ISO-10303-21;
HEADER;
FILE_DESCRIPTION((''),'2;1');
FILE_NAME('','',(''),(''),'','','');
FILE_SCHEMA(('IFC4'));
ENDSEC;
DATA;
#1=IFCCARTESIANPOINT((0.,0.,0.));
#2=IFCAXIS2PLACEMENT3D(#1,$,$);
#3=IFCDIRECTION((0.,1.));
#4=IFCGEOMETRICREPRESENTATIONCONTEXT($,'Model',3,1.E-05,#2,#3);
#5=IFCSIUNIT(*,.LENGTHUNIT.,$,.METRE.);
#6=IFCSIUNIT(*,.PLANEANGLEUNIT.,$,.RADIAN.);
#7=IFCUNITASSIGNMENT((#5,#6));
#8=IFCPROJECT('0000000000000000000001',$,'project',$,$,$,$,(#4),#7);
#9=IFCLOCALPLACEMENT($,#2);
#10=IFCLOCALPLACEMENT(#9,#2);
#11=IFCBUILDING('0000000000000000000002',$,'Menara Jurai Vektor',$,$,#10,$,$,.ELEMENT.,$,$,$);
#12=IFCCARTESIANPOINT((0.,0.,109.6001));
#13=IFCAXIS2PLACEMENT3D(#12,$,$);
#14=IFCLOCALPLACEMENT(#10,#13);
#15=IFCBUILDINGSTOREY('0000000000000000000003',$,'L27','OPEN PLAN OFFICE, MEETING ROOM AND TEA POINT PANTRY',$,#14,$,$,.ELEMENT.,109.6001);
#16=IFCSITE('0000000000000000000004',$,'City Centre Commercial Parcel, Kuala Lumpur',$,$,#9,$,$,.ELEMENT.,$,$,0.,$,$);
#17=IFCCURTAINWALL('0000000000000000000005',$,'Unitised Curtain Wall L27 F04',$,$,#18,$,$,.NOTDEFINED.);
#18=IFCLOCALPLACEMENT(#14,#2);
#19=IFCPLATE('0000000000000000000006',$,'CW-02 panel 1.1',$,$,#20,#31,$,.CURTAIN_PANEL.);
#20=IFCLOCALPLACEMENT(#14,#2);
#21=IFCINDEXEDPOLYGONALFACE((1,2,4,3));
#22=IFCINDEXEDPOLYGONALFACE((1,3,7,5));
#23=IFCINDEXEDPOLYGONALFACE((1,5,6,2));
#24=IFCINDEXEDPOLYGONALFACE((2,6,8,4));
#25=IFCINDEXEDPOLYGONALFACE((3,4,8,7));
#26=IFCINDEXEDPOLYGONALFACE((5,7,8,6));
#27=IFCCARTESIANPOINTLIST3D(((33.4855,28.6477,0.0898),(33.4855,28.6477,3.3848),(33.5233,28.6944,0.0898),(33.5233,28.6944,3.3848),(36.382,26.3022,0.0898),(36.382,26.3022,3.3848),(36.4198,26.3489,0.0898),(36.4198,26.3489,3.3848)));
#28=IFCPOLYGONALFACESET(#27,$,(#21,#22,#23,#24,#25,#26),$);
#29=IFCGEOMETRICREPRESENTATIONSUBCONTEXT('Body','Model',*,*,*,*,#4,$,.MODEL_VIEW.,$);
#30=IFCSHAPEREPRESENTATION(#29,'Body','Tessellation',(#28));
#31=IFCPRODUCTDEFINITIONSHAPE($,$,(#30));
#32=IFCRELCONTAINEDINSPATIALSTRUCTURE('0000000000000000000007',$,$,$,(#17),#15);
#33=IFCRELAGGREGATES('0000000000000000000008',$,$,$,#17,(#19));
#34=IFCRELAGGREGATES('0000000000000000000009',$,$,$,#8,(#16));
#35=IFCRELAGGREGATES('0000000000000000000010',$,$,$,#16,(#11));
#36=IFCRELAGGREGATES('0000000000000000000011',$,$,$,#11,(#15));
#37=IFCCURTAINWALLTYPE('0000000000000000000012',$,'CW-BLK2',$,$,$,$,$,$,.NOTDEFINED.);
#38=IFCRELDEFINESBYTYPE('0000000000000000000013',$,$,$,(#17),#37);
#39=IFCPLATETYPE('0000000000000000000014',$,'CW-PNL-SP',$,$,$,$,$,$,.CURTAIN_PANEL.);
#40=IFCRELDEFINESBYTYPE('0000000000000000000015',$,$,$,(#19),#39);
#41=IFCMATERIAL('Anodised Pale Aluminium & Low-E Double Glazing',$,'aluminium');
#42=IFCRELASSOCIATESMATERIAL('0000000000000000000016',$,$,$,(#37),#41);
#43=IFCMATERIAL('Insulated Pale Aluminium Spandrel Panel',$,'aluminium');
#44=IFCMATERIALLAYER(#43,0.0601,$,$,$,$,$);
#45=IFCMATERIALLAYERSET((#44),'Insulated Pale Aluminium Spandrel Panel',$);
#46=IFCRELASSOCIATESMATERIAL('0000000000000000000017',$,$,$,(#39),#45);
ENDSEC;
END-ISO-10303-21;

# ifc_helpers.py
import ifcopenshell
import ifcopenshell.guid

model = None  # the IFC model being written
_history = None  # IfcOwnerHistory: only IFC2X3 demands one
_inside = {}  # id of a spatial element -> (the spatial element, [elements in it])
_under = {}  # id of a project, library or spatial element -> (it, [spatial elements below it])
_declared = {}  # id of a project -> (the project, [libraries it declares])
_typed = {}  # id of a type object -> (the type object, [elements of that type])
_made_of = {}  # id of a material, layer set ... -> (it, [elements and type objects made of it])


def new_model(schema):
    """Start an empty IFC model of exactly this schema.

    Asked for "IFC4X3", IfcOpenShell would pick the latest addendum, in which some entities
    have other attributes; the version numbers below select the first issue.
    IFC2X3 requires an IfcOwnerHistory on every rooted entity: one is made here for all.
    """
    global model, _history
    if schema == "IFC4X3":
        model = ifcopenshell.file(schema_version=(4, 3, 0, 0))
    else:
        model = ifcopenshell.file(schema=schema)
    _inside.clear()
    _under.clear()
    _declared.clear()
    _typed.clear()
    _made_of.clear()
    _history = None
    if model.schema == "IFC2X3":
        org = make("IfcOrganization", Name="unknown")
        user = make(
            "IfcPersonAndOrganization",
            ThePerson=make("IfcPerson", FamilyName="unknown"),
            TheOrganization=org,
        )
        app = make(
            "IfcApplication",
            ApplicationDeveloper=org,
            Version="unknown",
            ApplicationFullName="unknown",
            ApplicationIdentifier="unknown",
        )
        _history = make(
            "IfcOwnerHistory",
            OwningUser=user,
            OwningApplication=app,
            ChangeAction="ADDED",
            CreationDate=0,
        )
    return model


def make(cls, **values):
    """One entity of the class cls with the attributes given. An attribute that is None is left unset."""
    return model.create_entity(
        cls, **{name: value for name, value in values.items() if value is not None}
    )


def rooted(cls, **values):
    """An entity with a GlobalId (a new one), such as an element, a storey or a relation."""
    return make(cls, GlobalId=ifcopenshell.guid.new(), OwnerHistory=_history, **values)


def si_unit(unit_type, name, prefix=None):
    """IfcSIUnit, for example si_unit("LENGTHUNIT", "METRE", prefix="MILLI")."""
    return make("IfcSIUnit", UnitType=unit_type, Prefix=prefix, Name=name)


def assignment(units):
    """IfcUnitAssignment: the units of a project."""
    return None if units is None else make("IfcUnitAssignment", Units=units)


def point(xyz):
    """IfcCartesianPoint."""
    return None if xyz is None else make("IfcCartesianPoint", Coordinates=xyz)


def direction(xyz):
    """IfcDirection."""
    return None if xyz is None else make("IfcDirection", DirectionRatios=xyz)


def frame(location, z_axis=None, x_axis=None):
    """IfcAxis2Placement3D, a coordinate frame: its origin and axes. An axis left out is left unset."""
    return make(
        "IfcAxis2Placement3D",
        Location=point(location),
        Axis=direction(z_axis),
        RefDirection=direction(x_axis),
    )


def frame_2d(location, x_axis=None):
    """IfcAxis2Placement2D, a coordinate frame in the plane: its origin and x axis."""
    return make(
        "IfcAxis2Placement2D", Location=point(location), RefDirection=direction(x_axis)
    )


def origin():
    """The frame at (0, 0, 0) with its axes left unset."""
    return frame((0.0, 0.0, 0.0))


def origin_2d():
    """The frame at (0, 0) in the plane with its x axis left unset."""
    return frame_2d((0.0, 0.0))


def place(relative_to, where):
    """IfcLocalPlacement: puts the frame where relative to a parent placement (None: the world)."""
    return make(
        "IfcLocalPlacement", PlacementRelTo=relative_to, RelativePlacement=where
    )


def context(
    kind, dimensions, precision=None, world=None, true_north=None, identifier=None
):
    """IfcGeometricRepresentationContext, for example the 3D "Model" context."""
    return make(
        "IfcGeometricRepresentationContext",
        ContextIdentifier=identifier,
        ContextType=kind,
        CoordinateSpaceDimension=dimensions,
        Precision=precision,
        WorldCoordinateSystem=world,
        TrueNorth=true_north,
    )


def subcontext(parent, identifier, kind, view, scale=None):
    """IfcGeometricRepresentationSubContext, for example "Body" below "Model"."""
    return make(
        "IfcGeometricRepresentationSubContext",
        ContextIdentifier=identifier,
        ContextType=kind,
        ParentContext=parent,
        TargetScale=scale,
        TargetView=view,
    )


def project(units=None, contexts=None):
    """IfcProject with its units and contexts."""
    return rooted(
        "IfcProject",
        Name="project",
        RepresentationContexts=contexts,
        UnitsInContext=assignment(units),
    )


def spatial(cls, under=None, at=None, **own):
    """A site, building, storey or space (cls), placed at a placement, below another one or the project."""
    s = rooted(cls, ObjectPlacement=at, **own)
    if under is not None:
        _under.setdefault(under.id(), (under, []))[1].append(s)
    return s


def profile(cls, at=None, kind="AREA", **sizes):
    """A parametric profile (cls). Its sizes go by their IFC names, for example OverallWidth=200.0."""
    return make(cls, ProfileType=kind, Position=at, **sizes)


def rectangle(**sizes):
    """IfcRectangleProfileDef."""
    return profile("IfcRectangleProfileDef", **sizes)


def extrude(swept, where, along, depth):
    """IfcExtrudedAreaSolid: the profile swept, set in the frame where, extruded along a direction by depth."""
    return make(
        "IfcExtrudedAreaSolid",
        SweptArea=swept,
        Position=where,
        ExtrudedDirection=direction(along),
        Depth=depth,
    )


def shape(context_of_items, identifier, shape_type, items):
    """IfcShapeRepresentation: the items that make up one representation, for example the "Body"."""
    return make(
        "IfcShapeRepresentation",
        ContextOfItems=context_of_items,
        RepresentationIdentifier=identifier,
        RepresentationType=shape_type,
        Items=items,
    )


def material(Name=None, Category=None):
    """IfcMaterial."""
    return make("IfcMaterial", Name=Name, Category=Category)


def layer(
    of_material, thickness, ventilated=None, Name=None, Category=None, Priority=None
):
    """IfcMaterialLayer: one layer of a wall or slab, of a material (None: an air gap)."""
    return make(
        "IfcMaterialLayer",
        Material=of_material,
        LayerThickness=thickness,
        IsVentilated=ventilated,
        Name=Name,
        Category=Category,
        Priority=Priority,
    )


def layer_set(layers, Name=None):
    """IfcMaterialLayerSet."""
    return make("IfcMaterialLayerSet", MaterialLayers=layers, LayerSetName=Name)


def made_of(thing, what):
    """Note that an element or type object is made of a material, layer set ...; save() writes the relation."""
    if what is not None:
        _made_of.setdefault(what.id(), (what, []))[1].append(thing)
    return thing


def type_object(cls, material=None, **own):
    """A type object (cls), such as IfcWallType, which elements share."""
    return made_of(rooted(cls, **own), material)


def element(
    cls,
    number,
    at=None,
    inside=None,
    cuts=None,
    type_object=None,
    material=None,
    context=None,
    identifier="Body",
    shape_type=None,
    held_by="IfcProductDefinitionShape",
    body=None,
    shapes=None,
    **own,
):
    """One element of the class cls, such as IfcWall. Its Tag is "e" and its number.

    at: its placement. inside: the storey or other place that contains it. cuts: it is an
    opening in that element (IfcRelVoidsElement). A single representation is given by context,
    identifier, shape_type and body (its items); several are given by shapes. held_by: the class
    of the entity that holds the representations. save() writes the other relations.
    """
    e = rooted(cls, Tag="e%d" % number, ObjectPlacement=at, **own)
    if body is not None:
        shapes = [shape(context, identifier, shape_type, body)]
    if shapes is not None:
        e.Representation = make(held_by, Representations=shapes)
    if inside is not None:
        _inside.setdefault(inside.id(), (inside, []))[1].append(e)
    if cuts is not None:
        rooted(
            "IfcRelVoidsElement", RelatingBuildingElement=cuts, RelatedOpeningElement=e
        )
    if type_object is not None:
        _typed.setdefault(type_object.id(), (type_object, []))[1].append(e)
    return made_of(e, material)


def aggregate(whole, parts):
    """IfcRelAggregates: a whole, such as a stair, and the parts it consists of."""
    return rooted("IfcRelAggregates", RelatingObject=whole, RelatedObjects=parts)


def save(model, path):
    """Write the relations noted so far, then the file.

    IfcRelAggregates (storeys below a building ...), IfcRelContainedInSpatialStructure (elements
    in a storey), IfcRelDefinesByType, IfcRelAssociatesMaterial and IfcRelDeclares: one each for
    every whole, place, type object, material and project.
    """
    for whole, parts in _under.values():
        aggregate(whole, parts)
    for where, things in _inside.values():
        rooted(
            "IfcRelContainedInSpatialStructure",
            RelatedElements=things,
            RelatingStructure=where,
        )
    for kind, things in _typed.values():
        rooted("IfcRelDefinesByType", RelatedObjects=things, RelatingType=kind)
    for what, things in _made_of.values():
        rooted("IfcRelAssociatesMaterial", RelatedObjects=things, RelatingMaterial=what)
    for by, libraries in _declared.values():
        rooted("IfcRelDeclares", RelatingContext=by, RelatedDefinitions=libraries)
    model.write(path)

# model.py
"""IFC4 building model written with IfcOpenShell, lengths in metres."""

from ifc_helpers import new_model, si_unit, direction, frame, origin, origin_2d, place, context, subcontext, project, spatial, rectangle, extrude, material, layer, layer_set, type_object, element, aggregate, save


model = new_model("IFC4")

# Units and contexts
model_context = context("Model", 3, precision=1e-05, world=origin(), true_north=direction((0.0, 1.0)))
body_context = subcontext(model_context, "Body", "Model", "MODEL_VIEW")
ifc_project = project(units=[si_unit("LENGTHUNIT", "METRE"), si_unit("PLANEANGLEUNIT", "RADIAN")], contexts=[model_context])

# Site, building, storey
site_placement = place(None, origin())
site = spatial("IfcSite", under=ifc_project, at=site_placement, Name="City Centre Commercial Parcel, Kuala Lumpur", CompositionType="ELEMENT", RefElevation=0.0)
building_placement = place(site_placement, origin())
building = spatial("IfcBuilding", under=site, at=building_placement, Name="Menara Jurai Vektor", CompositionType="ELEMENT")
storey_placement = place(building_placement, frame((0.0, 0.0, 109.6001)))
storey = spatial("IfcBuildingStorey", under=building, at=storey_placement, Name="L27", Description="OPEN PLAN OFFICE, MEETING ROOM AND TEA POINT PANTRY", CompositionType="ELEMENT", Elevation=109.6001)

# Shared definitions
ifc_material_1 = material(Name="Anodised Pale Aluminium & Low-E Double Glazing", Category="aluminium")
curtain_wall_type = type_object("IfcCurtainWallType", Name="CW-BLK2", PredefinedType="NOTDEFINED", material=ifc_material_1)

# Curtain wall
curtain_wall_1_placement = place(storey_placement, origin())
curtain_wall_1 = element("IfcCurtainWall", 1, at=curtain_wall_1_placement, inside=storey, type_object=curtain_wall_type, Name="Unitised Curtain Wall L27 F04", PredefinedType="NOTDEFINED")

# Plate
ifc_material_2 = material(Name="Insulated Pale Aluminium Spandrel Panel", Category="aluminium")
ifc_layer_1 = layer(ifc_material_2, 0.0601)
ifc_layer_set_1 = layer_set([ifc_layer_1], Name="Insulated Pale Aluminium Spandrel Panel")
plate_type_1 = type_object("IfcPlateType", Name="CW-PNL-SP", PredefinedType="CURTAIN_PANEL", material=ifc_layer_set_1)
plate_1_placement = place(storey_placement, frame((34.9526, 27.4983, 0.0898), z_axis=(0.0, 0.0, 1.0), x_axis=(-0.777152, 0.629313, 0.0)))
plate_1 = element("IfcPlate", 2, at=plate_1_placement, type_object=plate_type_1, Name="CW-02 panel 1.1", PredefinedType="CURTAIN_PANEL", context=body_context, shape_type="SweptSolid", body=[
    extrude(rectangle(XDim=3.7271, YDim=0.0601, at=origin_2d()), origin(), (0.0, 0.0, 1.0), 3.2949),
])
aggregate(curtain_wall_1, [plate_1])

save(model, "model.ifc")
